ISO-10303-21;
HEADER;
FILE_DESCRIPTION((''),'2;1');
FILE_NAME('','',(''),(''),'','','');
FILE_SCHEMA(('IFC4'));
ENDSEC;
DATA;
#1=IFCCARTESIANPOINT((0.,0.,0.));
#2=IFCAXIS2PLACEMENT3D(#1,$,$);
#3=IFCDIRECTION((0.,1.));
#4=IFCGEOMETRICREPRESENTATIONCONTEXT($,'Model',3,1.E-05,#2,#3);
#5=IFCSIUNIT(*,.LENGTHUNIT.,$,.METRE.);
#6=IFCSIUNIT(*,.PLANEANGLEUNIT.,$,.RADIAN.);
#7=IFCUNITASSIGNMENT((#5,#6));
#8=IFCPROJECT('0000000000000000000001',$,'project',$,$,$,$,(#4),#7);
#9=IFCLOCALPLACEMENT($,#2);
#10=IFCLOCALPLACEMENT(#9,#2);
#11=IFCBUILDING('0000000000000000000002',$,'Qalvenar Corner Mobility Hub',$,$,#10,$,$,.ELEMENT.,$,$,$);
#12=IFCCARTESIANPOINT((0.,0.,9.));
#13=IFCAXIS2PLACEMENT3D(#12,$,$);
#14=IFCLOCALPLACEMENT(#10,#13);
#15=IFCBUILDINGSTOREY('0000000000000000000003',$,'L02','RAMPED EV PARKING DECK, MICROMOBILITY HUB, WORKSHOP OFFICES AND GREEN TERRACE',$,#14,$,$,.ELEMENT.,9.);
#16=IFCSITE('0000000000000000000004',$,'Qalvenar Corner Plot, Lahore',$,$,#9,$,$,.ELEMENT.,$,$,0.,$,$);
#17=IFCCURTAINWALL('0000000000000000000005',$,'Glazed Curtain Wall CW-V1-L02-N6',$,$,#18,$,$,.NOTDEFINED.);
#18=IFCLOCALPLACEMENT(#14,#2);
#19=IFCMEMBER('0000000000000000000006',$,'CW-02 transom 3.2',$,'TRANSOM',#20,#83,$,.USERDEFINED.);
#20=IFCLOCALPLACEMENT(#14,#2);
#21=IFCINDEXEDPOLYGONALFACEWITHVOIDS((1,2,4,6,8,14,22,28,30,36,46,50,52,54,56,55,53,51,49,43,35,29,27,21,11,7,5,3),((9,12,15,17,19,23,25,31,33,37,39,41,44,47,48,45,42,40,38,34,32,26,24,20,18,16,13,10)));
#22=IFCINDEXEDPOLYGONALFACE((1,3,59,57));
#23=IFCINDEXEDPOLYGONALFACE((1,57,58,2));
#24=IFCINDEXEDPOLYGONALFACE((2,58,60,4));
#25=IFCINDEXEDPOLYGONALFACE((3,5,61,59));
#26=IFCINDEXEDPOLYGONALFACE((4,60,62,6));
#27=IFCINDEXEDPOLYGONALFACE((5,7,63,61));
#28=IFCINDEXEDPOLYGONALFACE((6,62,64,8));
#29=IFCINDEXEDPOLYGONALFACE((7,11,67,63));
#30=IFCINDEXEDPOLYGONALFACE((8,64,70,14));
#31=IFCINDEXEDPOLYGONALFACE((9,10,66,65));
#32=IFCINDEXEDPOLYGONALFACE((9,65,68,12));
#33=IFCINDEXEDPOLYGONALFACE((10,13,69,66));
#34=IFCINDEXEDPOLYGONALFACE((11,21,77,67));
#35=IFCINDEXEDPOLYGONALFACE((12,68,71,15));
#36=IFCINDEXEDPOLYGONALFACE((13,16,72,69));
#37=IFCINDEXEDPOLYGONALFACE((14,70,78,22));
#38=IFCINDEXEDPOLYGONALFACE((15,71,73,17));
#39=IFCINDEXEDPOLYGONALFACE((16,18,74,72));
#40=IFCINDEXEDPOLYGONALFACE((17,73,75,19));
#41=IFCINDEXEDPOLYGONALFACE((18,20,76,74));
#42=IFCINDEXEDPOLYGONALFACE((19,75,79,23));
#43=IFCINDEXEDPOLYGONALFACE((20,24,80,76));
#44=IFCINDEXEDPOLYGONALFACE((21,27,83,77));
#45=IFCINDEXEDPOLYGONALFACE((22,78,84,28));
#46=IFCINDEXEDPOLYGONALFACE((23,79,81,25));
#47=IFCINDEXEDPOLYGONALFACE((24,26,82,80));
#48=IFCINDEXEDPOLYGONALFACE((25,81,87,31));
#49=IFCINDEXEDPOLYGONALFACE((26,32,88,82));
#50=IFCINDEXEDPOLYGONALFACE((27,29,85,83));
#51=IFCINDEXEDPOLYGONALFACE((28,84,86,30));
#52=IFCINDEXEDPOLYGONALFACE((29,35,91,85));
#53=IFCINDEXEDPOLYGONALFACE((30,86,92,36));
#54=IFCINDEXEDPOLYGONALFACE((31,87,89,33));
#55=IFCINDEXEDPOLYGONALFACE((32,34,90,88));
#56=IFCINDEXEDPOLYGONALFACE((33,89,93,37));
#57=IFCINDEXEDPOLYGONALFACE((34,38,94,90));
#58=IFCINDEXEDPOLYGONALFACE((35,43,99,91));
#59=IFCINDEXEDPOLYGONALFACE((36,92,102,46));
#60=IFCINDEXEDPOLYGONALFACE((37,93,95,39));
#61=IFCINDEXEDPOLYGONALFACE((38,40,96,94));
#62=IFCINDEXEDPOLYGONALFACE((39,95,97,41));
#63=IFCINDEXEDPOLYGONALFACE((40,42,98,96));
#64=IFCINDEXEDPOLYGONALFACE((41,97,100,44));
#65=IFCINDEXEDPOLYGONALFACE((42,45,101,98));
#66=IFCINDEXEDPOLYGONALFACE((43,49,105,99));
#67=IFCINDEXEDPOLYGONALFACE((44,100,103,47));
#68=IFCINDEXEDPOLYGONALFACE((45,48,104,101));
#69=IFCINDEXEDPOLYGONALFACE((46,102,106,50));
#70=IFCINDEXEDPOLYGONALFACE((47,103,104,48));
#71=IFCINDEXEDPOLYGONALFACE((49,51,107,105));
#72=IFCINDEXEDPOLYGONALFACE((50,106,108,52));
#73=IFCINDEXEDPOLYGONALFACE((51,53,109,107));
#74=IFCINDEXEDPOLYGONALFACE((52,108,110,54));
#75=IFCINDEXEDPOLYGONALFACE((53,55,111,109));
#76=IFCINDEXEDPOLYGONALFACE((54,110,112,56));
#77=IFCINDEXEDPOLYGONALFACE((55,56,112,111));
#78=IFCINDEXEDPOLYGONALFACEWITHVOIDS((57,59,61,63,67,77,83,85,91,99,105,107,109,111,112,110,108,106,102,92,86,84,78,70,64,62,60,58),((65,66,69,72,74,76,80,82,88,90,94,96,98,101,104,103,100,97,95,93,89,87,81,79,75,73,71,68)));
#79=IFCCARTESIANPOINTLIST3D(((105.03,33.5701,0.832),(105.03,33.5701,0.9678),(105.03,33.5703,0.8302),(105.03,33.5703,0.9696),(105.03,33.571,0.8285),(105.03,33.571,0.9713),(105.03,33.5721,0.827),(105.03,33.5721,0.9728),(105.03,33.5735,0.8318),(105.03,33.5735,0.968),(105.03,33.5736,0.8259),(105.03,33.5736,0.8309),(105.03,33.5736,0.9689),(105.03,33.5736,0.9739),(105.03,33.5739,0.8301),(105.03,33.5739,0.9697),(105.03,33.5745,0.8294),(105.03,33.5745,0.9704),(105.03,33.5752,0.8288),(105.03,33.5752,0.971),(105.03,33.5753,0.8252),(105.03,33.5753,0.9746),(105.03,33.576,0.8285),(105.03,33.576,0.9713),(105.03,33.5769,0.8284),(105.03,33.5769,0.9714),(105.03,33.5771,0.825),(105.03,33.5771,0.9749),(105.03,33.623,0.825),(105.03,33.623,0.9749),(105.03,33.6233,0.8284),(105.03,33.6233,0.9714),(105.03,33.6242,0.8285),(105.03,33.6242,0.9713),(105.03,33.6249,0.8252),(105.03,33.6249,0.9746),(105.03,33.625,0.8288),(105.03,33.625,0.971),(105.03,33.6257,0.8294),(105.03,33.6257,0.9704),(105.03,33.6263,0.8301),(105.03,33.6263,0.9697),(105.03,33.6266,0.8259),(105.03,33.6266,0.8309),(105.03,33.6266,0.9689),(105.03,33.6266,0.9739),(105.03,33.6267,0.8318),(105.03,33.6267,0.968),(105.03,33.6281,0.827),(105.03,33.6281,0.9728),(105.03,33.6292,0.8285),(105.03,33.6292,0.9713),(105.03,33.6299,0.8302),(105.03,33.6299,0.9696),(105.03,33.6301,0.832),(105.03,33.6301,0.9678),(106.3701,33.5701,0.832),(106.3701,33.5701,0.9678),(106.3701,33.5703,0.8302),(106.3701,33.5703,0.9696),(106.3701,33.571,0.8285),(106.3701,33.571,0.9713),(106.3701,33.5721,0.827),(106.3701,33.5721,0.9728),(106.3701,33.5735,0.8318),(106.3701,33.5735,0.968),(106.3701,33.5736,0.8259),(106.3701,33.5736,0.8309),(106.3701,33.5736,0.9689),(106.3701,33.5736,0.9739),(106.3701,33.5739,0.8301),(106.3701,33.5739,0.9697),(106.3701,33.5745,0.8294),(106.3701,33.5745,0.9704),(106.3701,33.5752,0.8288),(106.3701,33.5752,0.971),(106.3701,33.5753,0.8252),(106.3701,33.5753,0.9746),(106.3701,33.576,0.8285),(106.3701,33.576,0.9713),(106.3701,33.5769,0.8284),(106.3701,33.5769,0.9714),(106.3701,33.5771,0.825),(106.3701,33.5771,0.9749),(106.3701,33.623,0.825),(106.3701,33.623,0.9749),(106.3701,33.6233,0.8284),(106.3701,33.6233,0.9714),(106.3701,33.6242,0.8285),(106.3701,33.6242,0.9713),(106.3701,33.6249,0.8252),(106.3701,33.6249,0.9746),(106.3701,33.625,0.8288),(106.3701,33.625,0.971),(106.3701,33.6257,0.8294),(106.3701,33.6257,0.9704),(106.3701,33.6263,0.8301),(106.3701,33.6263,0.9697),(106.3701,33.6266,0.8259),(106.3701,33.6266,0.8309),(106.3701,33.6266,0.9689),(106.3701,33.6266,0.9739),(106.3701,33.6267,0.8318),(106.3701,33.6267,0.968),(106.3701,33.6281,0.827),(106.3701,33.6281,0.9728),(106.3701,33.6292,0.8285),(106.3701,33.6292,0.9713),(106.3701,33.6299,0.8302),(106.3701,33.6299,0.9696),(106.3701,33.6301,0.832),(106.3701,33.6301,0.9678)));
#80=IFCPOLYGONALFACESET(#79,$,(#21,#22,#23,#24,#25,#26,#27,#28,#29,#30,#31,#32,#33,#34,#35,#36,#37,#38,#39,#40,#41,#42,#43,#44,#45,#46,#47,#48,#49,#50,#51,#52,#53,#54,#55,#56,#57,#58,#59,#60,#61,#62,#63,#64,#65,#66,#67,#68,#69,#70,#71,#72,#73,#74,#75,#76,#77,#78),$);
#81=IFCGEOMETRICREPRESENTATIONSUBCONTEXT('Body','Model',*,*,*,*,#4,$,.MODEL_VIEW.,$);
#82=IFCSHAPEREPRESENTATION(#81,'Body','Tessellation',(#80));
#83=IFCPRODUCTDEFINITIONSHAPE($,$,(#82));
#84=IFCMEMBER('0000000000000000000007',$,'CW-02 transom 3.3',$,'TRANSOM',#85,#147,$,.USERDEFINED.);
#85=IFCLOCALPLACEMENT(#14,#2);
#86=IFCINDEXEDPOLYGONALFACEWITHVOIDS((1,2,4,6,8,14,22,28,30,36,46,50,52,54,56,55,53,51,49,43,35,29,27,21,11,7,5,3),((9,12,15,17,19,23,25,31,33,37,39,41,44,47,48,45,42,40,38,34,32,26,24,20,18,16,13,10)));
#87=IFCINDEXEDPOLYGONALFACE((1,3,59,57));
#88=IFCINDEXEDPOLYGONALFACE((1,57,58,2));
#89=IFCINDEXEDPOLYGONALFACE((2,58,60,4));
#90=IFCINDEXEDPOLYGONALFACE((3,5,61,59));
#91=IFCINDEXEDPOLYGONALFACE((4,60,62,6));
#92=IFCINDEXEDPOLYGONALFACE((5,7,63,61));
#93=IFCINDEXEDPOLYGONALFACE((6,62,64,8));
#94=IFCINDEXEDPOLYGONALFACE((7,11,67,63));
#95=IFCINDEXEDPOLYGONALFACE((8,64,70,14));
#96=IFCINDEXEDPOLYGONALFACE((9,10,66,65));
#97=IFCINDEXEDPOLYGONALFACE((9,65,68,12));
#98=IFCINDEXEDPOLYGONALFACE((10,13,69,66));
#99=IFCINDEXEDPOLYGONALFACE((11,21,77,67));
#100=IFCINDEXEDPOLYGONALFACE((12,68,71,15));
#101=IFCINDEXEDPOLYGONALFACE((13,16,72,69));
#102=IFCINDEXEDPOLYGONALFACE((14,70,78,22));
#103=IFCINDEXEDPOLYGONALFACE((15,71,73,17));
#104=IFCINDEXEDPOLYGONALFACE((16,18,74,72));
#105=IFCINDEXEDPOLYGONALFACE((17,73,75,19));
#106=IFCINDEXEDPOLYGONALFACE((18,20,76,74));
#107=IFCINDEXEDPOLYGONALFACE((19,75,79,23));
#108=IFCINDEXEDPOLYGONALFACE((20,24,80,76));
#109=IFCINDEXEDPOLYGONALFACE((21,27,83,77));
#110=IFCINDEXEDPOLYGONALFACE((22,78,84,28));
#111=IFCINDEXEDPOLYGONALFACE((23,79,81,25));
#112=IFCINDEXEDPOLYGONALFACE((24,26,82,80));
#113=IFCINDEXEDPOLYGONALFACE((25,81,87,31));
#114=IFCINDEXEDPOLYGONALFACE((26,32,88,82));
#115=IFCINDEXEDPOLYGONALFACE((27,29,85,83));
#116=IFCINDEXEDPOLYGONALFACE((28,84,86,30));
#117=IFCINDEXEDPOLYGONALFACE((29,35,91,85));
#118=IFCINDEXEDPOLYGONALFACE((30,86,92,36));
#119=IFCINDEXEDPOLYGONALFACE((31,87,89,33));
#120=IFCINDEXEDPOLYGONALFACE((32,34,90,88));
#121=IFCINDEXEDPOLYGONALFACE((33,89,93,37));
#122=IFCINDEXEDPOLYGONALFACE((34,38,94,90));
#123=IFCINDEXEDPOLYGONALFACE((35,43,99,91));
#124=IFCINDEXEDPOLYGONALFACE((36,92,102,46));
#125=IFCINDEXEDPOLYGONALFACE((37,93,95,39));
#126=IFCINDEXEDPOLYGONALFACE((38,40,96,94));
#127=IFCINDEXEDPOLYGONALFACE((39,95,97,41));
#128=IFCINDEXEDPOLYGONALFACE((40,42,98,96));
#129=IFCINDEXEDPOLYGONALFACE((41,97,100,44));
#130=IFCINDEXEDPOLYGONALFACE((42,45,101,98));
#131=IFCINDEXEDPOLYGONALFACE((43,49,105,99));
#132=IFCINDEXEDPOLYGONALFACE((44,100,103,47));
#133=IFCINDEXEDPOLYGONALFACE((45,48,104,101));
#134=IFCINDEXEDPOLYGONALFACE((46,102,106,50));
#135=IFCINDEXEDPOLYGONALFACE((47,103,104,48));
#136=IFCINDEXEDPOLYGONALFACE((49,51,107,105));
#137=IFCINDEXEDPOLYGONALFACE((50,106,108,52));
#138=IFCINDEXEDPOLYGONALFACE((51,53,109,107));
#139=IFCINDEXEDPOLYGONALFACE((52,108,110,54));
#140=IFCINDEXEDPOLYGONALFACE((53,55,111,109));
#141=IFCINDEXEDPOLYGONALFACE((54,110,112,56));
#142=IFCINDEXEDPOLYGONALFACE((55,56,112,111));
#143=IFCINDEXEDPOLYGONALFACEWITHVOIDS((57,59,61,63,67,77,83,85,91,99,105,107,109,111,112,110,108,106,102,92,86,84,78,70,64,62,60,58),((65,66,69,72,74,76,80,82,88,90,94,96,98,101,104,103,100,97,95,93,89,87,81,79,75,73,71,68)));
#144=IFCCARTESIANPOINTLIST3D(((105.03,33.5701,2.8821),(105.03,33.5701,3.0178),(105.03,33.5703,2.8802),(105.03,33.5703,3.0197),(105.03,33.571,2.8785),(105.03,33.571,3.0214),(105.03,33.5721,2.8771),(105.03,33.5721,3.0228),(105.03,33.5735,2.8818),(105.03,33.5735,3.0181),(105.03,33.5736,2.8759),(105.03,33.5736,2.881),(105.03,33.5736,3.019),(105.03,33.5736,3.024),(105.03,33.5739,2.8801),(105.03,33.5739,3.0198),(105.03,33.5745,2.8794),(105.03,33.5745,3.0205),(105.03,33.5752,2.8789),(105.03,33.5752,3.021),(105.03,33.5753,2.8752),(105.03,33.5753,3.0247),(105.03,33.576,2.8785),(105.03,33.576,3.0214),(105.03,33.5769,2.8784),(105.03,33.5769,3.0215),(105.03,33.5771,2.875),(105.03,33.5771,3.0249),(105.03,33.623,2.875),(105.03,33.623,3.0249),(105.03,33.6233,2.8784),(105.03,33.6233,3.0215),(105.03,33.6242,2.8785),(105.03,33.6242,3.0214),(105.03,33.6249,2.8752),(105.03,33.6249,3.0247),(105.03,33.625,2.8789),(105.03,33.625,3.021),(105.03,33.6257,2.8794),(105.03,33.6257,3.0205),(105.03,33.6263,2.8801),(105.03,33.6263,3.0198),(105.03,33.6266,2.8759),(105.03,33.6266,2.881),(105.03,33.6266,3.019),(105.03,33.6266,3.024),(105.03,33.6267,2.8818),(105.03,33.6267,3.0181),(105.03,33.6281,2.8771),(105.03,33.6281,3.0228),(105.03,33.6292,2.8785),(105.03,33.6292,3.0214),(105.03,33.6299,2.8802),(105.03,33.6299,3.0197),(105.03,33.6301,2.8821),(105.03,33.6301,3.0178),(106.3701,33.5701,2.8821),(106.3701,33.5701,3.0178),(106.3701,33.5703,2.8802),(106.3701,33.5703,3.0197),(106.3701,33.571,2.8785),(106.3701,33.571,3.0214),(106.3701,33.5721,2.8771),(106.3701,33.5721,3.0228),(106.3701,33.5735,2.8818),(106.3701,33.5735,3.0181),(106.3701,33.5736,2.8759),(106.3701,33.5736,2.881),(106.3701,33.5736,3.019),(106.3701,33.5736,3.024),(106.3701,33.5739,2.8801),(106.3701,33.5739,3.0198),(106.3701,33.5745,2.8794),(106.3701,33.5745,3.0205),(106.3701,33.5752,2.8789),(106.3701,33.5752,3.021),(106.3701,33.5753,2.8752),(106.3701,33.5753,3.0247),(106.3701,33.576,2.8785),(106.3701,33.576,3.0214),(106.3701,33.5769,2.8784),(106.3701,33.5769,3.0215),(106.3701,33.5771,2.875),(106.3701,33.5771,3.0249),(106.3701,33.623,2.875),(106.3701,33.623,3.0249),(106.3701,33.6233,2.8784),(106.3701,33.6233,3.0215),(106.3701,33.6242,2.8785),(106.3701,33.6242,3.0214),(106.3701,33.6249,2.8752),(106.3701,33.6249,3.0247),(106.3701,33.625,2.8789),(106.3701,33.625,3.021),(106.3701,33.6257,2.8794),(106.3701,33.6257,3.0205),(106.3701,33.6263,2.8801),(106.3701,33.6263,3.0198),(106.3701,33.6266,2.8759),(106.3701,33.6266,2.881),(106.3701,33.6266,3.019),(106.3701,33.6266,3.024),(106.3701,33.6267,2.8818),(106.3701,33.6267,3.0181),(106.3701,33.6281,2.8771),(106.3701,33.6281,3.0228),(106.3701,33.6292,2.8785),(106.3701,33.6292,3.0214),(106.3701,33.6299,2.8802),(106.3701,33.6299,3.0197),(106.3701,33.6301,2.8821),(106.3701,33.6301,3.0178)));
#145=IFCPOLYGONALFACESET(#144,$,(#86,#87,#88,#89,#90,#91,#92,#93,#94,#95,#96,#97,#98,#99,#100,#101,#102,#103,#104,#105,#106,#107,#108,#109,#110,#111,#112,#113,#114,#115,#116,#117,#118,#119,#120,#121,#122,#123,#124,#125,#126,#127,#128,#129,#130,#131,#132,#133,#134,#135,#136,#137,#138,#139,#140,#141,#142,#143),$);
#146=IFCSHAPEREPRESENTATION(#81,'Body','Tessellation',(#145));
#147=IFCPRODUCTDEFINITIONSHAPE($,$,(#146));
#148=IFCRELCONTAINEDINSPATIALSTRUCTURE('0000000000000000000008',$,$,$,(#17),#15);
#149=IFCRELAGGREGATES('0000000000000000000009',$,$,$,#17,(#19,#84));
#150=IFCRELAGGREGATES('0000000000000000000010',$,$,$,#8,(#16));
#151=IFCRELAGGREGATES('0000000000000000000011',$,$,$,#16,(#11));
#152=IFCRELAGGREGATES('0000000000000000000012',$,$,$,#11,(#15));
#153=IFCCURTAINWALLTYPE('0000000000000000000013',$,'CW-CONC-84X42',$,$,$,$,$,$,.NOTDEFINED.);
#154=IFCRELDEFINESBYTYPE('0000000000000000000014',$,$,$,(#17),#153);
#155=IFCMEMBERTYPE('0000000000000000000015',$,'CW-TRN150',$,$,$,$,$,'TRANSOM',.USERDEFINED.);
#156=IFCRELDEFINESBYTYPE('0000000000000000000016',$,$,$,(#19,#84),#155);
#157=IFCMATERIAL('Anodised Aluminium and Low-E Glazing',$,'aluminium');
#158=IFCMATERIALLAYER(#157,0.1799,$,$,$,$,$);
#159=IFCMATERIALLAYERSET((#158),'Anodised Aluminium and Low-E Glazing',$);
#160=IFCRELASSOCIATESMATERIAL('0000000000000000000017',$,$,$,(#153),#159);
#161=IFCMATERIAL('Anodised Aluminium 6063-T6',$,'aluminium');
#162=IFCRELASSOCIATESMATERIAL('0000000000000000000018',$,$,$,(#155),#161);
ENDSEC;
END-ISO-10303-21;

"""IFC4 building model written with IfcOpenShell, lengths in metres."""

from ifc_helpers import new_model, si_unit, direction, frame, origin, origin_2d, place, context, subcontext, project, spatial, hollow_rectangle, extrude, material, layer, layer_set, material_profile, profile_set, type_object, element, aggregate, save


model = new_model("IFC4")

# Units and contexts
model_context = context("Model", 3, precision=1e-05, world=origin(), true_north=direction((0.0, 1.0)))
body_context = subcontext(model_context, "Body", "Model", "MODEL_VIEW")
ifc_project = project(units=[si_unit("LENGTHUNIT", "METRE"), si_unit("PLANEANGLEUNIT", "RADIAN")], contexts=[model_context])

# Site, building, storey
site_placement = place(None, origin())
site = spatial("IfcSite", under=ifc_project, at=site_placement, Name="Qalvenar Corner Plot, Lahore", CompositionType="ELEMENT", RefElevation=0.0)
building_placement = place(site_placement, origin())
building = spatial("IfcBuilding", under=site, at=building_placement, Name="Qalvenar Corner Mobility Hub", CompositionType="ELEMENT")
storey_placement = place(building_placement, frame((0.0, 0.0, 9.0)))
storey = spatial("IfcBuildingStorey", under=building, at=storey_placement, Name="L02", Description="RAMPED EV PARKING DECK, MICROMOBILITY HUB, WORKSHOP OFFICES AND GREEN TERRACE", CompositionType="ELEMENT", Elevation=9.0)

# Curtain wall, members
ifc_material_1 = material(Name="Anodised Aluminium and Low-E Glazing", Category="aluminium")
ifc_layer_1 = layer(ifc_material_1, 0.1799)
ifc_layer_set_1 = layer_set([ifc_layer_1], Name="Anodised Aluminium and Low-E Glazing")
curtain_wall_type = type_object("IfcCurtainWallType", Name="CW-CONC-84X42", PredefinedType="NOTDEFINED", material=ifc_layer_set_1)
curtain_wall_placement = place(storey_placement, origin())
curtain_wall = element("IfcCurtainWall", 1, at=curtain_wall_placement, inside=storey, type_object=curtain_wall_type, Name="Glazed Curtain Wall CW-V1-L02-N6", PredefinedType="NOTDEFINED")
ifc_material_2 = material(Name="Anodised Aluminium 6063-T6", Category="aluminium")
ifc_material_profile_1 = material_profile(ifc_material_2, hollow_rectangle(XDim=0.0601, YDim=0.1499, WallThickness=0.0034, InnerFilletRadius=0.0034, OuterFilletRadius=0.0071, at=origin_2d()), Name="RHS150x60x3.5")
ifc_profile_set_1 = profile_set([ifc_material_profile_1], Name="Anodised Aluminium 6063-T6")
member_type_1 = type_object("IfcMemberType", Name="CW-TRN150", ElementType="TRANSOM", PredefinedType="USERDEFINED", material=ifc_profile_set_1)
member_1_placement = place(storey_placement, frame((106.3701, 33.6001, 0.8999), z_axis=(-1.0, 0.0, 0.0), x_axis=(0.0, -1.0, 0.0)))
member_1 = element("IfcMember", 2, at=member_1_placement, type_object=member_type_1, Name="CW-02 transom 3.2", ObjectType="TRANSOM", PredefinedType="USERDEFINED", context=body_context, shape_type="SweptSolid", body=[
    extrude(hollow_rectangle(XDim=0.0601, YDim=0.1499, WallThickness=0.0034, InnerFilletRadius=0.0034, OuterFilletRadius=0.0071, at=origin_2d()), origin(), (0.0, 0.0, 1.0), 1.3401),
])
member_2_placement = place(storey_placement, frame((106.3701, 33.6001, 2.95), z_axis=(-1.0, 0.0, 0.0), x_axis=(0.0, -1.0, 0.0)))
member_2 = element("IfcMember", 3, at=member_2_placement, type_object=member_type_1, Name="CW-02 transom 3.3", ObjectType="TRANSOM", PredefinedType="USERDEFINED", context=body_context, shape_type="SweptSolid", body=[
    extrude(hollow_rectangle(XDim=0.0601, YDim=0.1499, WallThickness=0.0034, InnerFilletRadius=0.0034, OuterFilletRadius=0.0071, at=origin_2d()), origin(), (0.0, 0.0, 1.0), 1.3401),
])

aggregate(curtain_wall, [member_1, member_2])

save(model, "model.ifc")
